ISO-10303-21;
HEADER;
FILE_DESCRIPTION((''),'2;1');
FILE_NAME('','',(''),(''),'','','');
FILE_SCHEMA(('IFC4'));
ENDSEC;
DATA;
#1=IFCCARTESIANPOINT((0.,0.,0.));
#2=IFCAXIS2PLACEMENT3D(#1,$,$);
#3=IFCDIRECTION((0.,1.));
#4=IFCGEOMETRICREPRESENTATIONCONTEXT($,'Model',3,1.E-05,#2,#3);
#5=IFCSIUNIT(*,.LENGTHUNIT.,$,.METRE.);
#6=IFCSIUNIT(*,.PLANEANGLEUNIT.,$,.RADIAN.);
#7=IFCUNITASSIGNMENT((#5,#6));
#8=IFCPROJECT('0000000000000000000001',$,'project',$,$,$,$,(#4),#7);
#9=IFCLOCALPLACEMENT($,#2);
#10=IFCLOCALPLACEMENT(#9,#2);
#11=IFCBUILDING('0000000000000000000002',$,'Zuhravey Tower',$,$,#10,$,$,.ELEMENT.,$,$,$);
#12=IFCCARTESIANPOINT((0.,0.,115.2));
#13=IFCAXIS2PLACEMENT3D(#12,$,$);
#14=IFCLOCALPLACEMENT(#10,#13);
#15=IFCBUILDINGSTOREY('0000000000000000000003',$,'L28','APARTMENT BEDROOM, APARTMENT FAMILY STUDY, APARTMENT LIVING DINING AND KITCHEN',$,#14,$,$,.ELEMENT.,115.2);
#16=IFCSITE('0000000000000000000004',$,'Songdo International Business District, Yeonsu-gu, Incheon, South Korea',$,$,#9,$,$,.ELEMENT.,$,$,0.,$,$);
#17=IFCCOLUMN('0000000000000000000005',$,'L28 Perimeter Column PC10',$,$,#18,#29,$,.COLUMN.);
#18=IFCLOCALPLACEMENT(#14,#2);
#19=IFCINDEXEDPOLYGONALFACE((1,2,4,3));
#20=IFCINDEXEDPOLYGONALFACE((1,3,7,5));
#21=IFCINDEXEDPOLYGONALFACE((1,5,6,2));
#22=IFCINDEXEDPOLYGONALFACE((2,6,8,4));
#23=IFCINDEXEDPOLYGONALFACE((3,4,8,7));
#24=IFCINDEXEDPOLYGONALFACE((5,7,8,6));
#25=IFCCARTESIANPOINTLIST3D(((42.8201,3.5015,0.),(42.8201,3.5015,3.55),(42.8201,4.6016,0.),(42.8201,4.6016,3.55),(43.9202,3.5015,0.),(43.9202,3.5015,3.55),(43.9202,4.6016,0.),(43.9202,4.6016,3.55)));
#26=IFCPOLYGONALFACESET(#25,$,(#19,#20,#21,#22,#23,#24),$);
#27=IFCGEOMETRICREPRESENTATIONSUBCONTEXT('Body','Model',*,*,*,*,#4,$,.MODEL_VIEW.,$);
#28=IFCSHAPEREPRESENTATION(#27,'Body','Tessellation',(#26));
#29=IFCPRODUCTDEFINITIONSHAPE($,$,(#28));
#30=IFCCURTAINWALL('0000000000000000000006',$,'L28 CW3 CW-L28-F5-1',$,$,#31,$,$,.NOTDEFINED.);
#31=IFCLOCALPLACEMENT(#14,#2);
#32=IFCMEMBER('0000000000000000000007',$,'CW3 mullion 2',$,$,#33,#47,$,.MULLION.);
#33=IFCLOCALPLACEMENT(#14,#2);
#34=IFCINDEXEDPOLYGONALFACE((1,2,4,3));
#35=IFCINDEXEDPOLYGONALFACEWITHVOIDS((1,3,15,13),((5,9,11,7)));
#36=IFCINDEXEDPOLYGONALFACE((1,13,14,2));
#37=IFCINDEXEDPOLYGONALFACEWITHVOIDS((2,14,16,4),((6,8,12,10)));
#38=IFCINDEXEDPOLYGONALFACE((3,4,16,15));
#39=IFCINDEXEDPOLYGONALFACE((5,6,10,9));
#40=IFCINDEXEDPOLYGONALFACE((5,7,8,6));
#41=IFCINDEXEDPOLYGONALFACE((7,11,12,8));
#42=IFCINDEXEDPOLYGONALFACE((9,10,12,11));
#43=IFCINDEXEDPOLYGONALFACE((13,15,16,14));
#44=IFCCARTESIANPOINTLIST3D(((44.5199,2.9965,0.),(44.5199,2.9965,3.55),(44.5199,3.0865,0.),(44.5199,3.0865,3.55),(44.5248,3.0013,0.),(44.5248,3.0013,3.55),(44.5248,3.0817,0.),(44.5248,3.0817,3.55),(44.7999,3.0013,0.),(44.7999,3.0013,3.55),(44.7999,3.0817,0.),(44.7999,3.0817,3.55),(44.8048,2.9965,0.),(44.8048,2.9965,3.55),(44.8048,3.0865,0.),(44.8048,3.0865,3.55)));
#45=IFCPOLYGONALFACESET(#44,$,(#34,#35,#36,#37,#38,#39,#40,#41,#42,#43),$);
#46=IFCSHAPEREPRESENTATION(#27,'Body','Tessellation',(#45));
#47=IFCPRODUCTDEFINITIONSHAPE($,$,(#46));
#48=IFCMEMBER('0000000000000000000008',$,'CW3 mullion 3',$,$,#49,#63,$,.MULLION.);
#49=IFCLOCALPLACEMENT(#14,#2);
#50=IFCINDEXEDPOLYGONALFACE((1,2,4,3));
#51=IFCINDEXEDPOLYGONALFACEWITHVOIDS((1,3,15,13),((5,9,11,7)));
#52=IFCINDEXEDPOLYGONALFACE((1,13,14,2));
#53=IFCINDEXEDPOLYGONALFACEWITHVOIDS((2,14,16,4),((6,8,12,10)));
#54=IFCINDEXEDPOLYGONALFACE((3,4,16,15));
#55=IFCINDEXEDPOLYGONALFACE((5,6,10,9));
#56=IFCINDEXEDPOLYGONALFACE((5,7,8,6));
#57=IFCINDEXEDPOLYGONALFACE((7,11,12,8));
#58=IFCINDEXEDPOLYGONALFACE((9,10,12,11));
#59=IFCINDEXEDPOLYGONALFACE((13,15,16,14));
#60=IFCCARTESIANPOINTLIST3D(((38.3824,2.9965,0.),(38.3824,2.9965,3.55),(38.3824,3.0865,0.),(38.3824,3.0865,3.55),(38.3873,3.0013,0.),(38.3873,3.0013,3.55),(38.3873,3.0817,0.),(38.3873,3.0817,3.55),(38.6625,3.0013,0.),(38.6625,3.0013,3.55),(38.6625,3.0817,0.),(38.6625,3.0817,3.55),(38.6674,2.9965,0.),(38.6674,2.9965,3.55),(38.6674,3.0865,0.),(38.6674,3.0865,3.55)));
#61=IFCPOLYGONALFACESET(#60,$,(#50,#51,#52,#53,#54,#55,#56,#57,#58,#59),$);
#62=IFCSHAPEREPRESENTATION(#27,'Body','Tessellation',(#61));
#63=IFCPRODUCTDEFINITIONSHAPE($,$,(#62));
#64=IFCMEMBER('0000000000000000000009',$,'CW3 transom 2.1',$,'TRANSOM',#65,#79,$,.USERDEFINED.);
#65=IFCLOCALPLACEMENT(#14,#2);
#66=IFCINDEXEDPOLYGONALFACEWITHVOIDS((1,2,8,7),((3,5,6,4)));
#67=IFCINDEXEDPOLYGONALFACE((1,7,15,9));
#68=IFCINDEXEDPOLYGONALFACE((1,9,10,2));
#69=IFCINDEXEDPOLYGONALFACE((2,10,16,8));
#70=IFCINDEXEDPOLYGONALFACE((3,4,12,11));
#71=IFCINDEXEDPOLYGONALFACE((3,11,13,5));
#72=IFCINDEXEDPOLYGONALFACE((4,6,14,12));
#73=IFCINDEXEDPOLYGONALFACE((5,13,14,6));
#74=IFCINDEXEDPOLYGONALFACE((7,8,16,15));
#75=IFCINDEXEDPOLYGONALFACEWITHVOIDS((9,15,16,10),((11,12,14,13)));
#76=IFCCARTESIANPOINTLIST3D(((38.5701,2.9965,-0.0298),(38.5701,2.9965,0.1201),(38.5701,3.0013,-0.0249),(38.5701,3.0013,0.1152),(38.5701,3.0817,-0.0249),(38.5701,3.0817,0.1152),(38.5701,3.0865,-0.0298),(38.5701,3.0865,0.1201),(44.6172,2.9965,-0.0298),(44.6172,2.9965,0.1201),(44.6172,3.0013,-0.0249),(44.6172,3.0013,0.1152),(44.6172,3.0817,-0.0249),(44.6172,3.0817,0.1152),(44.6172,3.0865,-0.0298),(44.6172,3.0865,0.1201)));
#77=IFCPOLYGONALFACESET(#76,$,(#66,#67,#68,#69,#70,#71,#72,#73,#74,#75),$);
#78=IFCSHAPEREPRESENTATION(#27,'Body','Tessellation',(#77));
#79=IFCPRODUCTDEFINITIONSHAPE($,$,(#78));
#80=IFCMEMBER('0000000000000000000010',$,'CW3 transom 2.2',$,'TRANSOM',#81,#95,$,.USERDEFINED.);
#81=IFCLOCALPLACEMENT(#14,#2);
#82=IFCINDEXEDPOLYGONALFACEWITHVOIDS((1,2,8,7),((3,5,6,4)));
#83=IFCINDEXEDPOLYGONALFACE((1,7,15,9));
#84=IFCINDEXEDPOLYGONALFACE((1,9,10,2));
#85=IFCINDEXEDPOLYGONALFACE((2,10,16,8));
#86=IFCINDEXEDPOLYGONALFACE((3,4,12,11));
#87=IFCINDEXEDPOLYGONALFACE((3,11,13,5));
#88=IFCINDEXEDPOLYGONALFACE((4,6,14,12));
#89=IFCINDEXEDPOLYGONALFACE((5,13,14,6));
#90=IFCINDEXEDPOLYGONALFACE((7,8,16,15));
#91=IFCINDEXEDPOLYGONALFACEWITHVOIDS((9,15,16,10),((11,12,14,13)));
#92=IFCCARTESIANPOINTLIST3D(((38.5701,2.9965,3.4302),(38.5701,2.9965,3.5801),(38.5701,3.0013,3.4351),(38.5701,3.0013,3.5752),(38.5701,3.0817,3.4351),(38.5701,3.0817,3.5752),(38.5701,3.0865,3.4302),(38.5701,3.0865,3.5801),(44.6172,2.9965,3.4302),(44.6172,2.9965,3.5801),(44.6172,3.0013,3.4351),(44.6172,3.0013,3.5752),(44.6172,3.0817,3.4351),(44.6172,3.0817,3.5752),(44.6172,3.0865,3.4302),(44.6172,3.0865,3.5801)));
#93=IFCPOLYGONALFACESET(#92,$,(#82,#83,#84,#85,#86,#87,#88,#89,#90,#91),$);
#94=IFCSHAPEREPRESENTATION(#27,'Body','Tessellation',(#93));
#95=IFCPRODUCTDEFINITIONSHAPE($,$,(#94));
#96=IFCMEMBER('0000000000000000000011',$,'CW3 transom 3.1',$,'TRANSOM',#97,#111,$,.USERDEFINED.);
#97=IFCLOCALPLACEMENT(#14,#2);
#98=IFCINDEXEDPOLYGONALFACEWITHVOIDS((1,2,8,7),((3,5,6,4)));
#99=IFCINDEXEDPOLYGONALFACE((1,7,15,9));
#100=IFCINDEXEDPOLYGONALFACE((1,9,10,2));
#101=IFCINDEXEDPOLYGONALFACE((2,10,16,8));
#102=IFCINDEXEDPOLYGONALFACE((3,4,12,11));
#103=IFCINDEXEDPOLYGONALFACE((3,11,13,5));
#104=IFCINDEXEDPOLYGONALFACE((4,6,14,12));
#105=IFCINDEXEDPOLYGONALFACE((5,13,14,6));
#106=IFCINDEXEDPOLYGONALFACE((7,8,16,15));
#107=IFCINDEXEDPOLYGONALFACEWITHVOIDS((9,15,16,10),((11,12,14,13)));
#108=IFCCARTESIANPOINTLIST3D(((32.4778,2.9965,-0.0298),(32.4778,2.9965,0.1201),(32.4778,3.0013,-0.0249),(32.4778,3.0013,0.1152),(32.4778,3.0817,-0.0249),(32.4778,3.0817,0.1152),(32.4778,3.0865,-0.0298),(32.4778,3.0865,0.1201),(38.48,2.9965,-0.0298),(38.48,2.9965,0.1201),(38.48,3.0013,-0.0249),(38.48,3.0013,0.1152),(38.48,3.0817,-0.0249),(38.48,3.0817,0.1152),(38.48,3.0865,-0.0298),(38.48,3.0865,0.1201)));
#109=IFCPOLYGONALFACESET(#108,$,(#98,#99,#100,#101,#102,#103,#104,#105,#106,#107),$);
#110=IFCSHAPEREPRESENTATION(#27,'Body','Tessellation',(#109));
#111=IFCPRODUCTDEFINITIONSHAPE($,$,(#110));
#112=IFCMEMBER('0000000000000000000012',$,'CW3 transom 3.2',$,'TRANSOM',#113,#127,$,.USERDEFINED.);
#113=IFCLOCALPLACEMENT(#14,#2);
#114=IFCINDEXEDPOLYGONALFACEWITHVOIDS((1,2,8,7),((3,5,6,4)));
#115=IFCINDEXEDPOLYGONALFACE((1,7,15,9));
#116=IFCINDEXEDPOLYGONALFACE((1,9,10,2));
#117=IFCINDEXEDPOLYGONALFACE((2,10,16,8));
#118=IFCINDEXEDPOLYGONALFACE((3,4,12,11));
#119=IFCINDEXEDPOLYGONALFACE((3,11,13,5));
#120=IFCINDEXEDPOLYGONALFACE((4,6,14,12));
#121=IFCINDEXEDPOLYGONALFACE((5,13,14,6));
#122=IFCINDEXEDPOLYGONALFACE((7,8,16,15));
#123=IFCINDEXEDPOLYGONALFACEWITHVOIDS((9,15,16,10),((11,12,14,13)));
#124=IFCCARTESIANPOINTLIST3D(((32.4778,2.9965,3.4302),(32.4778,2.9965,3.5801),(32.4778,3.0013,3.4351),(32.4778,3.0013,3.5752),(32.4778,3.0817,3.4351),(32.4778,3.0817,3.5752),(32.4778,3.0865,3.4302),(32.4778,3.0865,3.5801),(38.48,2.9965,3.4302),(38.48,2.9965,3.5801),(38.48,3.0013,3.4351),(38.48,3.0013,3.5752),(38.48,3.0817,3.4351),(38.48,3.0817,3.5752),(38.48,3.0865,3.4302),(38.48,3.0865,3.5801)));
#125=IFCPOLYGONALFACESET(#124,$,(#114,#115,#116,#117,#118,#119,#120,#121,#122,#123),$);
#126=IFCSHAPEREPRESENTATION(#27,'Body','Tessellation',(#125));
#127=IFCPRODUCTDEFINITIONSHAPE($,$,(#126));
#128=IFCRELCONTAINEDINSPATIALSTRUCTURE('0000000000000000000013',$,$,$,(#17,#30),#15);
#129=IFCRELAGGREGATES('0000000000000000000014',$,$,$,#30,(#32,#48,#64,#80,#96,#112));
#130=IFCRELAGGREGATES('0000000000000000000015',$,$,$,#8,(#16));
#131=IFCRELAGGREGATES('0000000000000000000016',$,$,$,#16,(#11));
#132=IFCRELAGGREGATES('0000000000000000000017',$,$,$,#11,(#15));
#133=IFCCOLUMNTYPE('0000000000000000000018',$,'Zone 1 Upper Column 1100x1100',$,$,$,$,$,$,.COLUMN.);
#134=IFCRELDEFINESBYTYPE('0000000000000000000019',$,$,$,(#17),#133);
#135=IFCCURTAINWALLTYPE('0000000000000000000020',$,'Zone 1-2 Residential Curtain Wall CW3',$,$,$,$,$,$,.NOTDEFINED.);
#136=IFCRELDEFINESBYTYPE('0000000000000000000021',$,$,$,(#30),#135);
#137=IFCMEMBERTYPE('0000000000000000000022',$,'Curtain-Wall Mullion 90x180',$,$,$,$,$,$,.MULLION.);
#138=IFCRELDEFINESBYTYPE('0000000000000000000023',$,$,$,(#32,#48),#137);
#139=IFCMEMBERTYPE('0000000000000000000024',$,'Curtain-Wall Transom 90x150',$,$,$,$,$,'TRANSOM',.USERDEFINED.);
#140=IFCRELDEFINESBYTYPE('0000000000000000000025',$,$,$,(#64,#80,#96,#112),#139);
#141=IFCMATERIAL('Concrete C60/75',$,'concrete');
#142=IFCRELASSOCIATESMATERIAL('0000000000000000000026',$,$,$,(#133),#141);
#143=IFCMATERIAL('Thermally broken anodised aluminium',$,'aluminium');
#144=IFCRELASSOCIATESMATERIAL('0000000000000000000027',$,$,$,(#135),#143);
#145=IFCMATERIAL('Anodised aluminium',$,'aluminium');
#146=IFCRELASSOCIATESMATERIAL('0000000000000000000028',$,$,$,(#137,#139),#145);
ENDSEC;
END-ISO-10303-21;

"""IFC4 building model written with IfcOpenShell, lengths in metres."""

from ifc_helpers import new_model, si_unit, direction, frame, origin, origin_2d, place, context, subcontext, project, spatial, rectangle, hollow_rectangle, extrude, material, material_profile, profile_set, type_object, element, aggregate, save


model = new_model("IFC4")

# Units and contexts
model_context = context("Model", 3, precision=1e-05, world=origin(), true_north=direction((0.0, 1.0)))
body_context = subcontext(model_context, "Body", "Model", "MODEL_VIEW")
ifc_project = project(units=[si_unit("LENGTHUNIT", "METRE"), si_unit("PLANEANGLEUNIT", "RADIAN")], contexts=[model_context])

# Site, building, storey
site_placement = place(None, origin())
site = spatial("IfcSite", under=ifc_project, at=site_placement, Name="Songdo International Business District, Yeonsu-gu, Incheon, South Korea", CompositionType="ELEMENT", RefElevation=0.0)
building_placement = place(site_placement, origin())
building = spatial("IfcBuilding", under=site, at=building_placement, Name="Zuhravey Tower", CompositionType="ELEMENT")
storey_placement = place(building_placement, frame((0.0, 0.0, 115.2)))
storey = spatial("IfcBuildingStorey", under=building, at=storey_placement, Name="L28", Description="APARTMENT BEDROOM, APARTMENT FAMILY STUDY, APARTMENT LIVING DINING AND KITCHEN", CompositionType="ELEMENT", Elevation=115.2)

# Column
ifc_material_1 = material(Name="Concrete C60/75", Category="concrete")
ifc_material_profile_1 = material_profile(ifc_material_1, rectangle(XDim=1.1001, YDim=1.1001, at=origin_2d()), Name="RC-1100x1100")
ifc_profile_set_1 = profile_set([ifc_material_profile_1], Name="Concrete C60/75")
column_type = type_object("IfcColumnType", Name="Zone 1 Upper Column 1100x1100", PredefinedType="COLUMN", material=ifc_profile_set_1)
column_placement = place(storey_placement, frame((43.3701, 4.0515, 0.0), z_axis=(0.0, 0.0, 1.0), x_axis=(1.0, 0.0, 0.0)))
element("IfcColumn", 1, at=column_placement, inside=storey, type_object=column_type, Name="L28 Perimeter Column PC10", PredefinedType="COLUMN", context=body_context, shape_type="SweptSolid", body=[
    extrude(rectangle(XDim=1.1001, YDim=1.1001, at=origin_2d()), origin(), (0.0, 0.0, 1.0), 3.55),
])

# Curtain wall, members
ifc_material_2 = material(Name="Thermally broken anodised aluminium", Category="aluminium")
curtain_wall_type = type_object("IfcCurtainWallType", Name="Zone 1-2 Residential Curtain Wall CW3", PredefinedType="NOTDEFINED", material=ifc_material_2)
curtain_wall_placement = place(storey_placement, origin())
curtain_wall = element("IfcCurtainWall", 2, at=curtain_wall_placement, inside=storey, type_object=curtain_wall_type, Name="L28 CW3 CW-L28-F5-1", PredefinedType="NOTDEFINED")
ifc_material_3 = material(Name="Anodised aluminium", Category="aluminium")
ifc_material_profile_2 = material_profile(ifc_material_3, hollow_rectangle(XDim=0.0901, YDim=0.2849, WallThickness=0.0049, at=origin_2d()), Name="ALU-RHS-90x285x5")
ifc_profile_set_2 = profile_set([ifc_material_profile_2], Name="Anodised aluminium")
member_type_1 = type_object("IfcMemberType", Name="Curtain-Wall Mullion 90x180", PredefinedType="MULLION", material=ifc_profile_set_2)
member_1_placement = place(storey_placement, frame((44.6624, 3.0415, 0.0), z_axis=(0.0, 0.0, 1.0), x_axis=(0.0, -1.0, 0.0)))
member_1 = element("IfcMember", 3, at=member_1_placement, type_object=member_type_1, Name="CW3 mullion 2", PredefinedType="MULLION", context=body_context, shape_type="SweptSolid", body=[
    extrude(hollow_rectangle(XDim=0.0901, YDim=0.2849, WallThickness=0.0049, at=origin_2d()), origin(), (0.0, 0.0, 1.0), 3.55),
])
member_2_placement = place(storey_placement, frame((38.5249, 3.0415, 0.0), z_axis=(0.0, 0.0, 1.0), x_axis=(0.0, -1.0, 0.0)))
member_2 = element("IfcMember", 4, at=member_2_placement, type_object=member_type_1, Name="CW3 mullion 3", PredefinedType="MULLION", context=body_context, shape_type="SweptSolid", body=[
    extrude(hollow_rectangle(XDim=0.0901, YDim=0.2849, WallThickness=0.0049, at=origin_2d()), origin(), (0.0, 0.0, 1.0), 3.55),
])
ifc_material_profile_3 = material_profile(ifc_material_3, hollow_rectangle(XDim=0.0901, YDim=0.1499, WallThickness=0.0049, at=origin_2d()), Name="ALU-RHS-90x150x5")
ifc_profile_set_3 = profile_set([ifc_material_profile_3], Name="Anodised aluminium")
member_type_2 = type_object("IfcMemberType", Name="Curtain-Wall Transom 90x150", ElementType="TRANSOM", PredefinedType="USERDEFINED", material=ifc_profile_set_3)
member_3_placement = place(storey_placement, frame((44.6172, 3.0415, 0.0452), z_axis=(-1.0, 0.0, 0.0), x_axis=(0.0, -1.0, 0.0)))
member_3 = element("IfcMember", 5, at=member_3_placement, type_object=member_type_2, Name="CW3 transom 2.1", ObjectType="TRANSOM", PredefinedType="USERDEFINED", context=body_context, shape_type="SweptSolid", body=[
    extrude(hollow_rectangle(XDim=0.0901, YDim=0.1499, WallThickness=0.0049, at=origin_2d()), origin(), (0.0, 0.0, 1.0), 6.0471),
])
member_4_placement = place(storey_placement, frame((44.6172, 3.0415, 3.5051), z_axis=(-1.0, 0.0, 0.0), x_axis=(0.0, -1.0, 0.0)))
member_4 = element("IfcMember", 6, at=member_4_placement, type_object=member_type_2, Name="CW3 transom 2.2", ObjectType="TRANSOM", PredefinedType="USERDEFINED", context=body_context, shape_type="SweptSolid", body=[
    extrude(hollow_rectangle(XDim=0.0901, YDim=0.1499, WallThickness=0.0049, at=origin_2d()), origin(), (0.0, 0.0, 1.0), 6.0471),
])
member_5_placement = place(storey_placement, frame((38.48, 3.0415, 0.0452), z_axis=(-1.0, 0.0, 0.0), x_axis=(0.0, -1.0, 0.0)))
member_5 = element("IfcMember", 7, at=member_5_placement, type_object=member_type_2, Name="CW3 transom 3.1", ObjectType="TRANSOM", PredefinedType="USERDEFINED", context=body_context, shape_type="SweptSolid", body=[
    extrude(hollow_rectangle(XDim=0.0901, YDim=0.1499, WallThickness=0.0049, at=origin_2d()), origin(), (0.0, 0.0, 1.0), 6.0022),
])
member_6_placement = place(storey_placement, frame((38.48, 3.0415, 3.5051), z_axis=(-1.0, 0.0, 0.0), x_axis=(0.0, -1.0, 0.0)))
member_6 = element("IfcMember", 8, at=member_6_placement, type_object=member_type_2, Name="CW3 transom 3.2", ObjectType="TRANSOM", PredefinedType="USERDEFINED", context=body_context, shape_type="SweptSolid", body=[
    extrude(hollow_rectangle(XDim=0.0901, YDim=0.1499, WallThickness=0.0049, at=origin_2d()), origin(), (0.0, 0.0, 1.0), 6.0022),
])

aggregate(curtain_wall, [member_1, member_2, member_3, member_4, member_5, member_6])

save(model, "model.ifc")
